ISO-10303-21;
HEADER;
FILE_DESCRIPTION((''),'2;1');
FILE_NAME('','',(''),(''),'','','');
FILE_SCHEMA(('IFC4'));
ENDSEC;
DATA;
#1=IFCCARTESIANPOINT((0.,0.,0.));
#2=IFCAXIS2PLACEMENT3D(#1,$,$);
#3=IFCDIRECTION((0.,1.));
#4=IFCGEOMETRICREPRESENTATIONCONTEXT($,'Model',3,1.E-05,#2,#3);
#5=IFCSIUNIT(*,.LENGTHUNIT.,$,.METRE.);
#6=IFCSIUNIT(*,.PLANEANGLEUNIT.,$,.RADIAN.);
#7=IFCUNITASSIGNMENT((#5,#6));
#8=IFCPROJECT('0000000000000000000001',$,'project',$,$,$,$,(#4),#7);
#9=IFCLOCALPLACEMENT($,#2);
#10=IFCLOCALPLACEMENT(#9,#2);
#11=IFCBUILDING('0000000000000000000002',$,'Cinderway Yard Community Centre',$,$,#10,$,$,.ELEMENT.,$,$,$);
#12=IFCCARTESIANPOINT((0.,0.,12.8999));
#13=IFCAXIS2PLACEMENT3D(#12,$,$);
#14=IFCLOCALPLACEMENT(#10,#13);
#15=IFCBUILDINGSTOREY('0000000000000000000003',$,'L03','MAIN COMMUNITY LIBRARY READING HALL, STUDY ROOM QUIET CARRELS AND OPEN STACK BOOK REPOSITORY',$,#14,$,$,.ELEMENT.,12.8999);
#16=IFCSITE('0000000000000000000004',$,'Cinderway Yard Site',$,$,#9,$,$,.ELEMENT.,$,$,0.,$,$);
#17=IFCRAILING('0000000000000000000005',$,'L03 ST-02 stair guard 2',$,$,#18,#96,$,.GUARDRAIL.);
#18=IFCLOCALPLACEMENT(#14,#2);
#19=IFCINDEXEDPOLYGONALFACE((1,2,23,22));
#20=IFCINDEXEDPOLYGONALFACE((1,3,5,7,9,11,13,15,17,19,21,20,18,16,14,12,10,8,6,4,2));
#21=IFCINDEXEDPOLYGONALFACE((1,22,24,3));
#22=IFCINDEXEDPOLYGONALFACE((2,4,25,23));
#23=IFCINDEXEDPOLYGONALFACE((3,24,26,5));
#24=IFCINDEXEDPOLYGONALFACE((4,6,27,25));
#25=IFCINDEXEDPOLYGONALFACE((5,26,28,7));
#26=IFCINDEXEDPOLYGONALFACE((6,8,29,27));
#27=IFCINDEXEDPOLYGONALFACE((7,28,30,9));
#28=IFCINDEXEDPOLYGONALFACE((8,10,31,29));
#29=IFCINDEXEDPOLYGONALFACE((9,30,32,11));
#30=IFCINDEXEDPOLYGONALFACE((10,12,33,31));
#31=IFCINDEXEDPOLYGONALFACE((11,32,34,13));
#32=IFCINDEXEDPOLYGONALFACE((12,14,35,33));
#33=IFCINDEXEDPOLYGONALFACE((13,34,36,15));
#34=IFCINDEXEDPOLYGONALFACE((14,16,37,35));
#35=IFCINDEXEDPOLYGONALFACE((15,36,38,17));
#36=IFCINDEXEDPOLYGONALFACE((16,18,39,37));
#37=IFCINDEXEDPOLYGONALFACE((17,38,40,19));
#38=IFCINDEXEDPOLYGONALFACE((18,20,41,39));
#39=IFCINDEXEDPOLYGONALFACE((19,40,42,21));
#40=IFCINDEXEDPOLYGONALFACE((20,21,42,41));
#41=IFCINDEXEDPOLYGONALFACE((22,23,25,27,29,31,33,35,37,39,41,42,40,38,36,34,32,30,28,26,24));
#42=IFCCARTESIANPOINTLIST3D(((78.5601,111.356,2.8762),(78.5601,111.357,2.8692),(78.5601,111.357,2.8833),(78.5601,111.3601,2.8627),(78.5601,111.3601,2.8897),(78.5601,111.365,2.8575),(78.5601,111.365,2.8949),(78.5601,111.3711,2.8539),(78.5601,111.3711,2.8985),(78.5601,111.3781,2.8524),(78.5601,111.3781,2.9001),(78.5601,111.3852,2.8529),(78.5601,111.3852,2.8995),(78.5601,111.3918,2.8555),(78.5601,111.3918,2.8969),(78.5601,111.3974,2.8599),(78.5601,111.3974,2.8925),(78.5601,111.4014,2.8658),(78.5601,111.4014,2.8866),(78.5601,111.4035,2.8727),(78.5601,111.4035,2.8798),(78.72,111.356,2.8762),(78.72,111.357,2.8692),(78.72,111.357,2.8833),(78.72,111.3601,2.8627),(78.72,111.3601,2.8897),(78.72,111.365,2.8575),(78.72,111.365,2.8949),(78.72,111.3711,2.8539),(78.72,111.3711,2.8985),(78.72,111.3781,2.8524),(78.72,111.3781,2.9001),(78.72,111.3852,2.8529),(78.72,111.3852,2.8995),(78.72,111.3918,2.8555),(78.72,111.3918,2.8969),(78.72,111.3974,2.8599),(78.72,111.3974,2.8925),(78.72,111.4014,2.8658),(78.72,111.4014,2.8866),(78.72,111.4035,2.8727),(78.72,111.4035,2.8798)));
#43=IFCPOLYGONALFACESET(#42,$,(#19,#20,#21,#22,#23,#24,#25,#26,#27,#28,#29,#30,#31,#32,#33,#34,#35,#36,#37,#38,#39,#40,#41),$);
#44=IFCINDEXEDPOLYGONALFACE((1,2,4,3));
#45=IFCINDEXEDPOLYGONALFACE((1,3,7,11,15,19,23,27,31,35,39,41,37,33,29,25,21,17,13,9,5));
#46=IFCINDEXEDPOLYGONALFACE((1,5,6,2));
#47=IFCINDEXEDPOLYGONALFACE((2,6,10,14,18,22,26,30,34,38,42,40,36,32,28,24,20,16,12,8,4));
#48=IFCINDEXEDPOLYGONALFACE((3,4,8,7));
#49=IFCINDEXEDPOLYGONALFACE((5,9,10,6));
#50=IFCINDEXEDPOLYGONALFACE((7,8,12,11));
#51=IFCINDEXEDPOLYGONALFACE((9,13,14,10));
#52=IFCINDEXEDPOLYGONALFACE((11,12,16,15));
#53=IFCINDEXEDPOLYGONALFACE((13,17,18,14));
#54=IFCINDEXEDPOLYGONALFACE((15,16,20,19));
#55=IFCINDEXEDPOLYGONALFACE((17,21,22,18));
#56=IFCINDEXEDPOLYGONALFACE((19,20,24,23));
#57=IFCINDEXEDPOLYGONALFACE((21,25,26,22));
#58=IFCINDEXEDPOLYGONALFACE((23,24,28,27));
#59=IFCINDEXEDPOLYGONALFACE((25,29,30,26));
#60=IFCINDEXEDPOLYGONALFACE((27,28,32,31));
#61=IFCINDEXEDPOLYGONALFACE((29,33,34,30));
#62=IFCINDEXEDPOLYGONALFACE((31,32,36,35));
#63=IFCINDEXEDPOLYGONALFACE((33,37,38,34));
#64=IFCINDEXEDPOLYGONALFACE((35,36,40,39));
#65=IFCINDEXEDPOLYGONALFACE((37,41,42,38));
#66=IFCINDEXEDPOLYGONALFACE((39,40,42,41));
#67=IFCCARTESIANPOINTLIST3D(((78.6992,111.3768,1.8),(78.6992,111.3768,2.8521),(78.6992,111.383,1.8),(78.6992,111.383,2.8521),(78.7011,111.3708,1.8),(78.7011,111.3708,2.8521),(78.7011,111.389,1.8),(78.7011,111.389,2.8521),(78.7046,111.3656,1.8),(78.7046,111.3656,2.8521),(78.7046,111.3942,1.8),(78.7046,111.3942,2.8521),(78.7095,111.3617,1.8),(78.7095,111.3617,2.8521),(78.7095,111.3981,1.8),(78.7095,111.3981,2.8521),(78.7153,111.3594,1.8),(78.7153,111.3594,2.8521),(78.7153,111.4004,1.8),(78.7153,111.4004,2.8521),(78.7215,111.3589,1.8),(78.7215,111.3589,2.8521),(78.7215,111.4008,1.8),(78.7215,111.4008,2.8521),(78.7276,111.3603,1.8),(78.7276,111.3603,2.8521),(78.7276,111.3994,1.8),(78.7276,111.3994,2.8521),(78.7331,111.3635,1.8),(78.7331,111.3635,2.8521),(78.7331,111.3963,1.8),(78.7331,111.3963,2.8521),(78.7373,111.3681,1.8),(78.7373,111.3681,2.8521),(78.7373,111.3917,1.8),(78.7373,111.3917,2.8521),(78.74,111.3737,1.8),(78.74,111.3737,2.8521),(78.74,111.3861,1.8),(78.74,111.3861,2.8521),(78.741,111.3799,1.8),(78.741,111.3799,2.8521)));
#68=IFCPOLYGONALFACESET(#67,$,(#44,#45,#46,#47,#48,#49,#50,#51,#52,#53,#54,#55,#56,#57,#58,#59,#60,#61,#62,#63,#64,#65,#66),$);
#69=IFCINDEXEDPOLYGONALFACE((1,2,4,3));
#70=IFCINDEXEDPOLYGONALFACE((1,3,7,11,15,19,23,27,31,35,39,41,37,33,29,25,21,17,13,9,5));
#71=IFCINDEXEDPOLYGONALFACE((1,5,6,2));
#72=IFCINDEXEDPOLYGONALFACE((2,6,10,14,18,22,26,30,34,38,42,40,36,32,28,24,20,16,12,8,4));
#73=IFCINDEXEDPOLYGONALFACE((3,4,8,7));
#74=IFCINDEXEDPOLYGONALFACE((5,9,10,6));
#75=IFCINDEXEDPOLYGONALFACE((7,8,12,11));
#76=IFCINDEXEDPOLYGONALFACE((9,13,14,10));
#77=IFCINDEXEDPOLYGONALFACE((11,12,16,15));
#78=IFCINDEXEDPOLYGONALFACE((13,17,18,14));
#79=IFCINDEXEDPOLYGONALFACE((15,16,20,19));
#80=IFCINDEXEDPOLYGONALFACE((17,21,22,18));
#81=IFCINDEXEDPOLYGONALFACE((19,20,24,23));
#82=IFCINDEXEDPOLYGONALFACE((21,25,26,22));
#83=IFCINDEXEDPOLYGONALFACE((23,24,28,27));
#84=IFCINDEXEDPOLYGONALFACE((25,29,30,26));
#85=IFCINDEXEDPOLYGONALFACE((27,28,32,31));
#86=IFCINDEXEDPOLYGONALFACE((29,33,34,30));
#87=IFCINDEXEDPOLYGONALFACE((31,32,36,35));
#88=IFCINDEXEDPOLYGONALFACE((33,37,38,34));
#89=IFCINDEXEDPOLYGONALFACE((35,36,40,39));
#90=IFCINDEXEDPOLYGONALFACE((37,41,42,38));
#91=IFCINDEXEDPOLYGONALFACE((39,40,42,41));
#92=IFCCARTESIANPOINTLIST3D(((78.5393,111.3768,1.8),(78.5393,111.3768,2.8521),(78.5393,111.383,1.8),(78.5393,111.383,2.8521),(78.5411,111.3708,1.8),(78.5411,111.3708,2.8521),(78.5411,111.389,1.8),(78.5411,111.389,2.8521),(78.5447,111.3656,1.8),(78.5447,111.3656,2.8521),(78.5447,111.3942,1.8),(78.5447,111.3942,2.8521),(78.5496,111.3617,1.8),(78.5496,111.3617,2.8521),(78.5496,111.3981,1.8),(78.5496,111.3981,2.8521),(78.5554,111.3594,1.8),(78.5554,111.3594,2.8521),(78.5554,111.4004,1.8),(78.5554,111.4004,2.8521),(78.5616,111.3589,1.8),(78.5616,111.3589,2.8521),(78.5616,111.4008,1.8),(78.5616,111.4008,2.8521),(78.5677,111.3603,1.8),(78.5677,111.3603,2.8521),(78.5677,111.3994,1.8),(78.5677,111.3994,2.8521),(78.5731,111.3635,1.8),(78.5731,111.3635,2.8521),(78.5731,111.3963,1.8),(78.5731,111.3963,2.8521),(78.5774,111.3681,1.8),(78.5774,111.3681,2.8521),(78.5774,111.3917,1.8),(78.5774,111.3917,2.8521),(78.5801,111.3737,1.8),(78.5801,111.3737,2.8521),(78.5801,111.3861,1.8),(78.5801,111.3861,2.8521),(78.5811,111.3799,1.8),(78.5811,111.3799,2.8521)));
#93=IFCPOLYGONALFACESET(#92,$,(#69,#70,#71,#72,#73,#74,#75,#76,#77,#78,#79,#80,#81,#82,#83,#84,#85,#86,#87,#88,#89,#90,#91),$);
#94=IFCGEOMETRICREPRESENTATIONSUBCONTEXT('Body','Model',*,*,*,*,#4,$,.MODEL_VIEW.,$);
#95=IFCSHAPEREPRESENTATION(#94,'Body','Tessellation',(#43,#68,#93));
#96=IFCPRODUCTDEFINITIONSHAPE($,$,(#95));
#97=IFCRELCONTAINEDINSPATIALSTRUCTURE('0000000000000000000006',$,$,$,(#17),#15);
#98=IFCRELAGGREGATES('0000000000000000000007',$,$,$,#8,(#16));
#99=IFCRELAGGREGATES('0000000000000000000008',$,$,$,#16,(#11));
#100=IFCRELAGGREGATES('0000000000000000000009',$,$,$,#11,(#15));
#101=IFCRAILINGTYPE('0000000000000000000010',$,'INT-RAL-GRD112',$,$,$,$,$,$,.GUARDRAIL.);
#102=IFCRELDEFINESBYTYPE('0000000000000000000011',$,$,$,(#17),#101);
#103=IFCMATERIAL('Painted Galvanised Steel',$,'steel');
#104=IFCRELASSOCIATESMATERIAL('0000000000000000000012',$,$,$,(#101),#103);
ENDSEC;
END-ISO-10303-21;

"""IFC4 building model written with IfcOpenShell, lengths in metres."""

from ifc_helpers import new_model, si_unit, direction, frame, origin, origin_2d, place, context, subcontext, project, spatial, circle, extrude, material, type_object, element, save


model = new_model("IFC4")

# Units and contexts
model_context = context("Model", 3, precision=1e-05, world=origin(), true_north=direction((0.0, 1.0)))
body_context = subcontext(model_context, "Body", "Model", "MODEL_VIEW")
ifc_project = project(units=[si_unit("LENGTHUNIT", "METRE"), si_unit("PLANEANGLEUNIT", "RADIAN")], contexts=[model_context])

# Site, building, storey
site_placement = place(None, origin())
site = spatial("IfcSite", under=ifc_project, at=site_placement, Name="Cinderway Yard Site", CompositionType="ELEMENT", RefElevation=0.0)
building_placement = place(site_placement, origin())
building = spatial("IfcBuilding", under=site, at=building_placement, Name="Cinderway Yard Community Centre", CompositionType="ELEMENT")
storey_placement = place(building_placement, frame((0.0, 0.0, 12.8999)))
storey = spatial("IfcBuildingStorey", under=building, at=storey_placement, Name="L03", Description="MAIN COMMUNITY LIBRARY READING HALL, STUDY ROOM QUIET CARRELS AND OPEN STACK BOOK REPOSITORY", CompositionType="ELEMENT", Elevation=12.8999)

# Shared definitions
ifc_material_1 = material(Name="Painted Galvanised Steel", Category="steel")

# Railing
railing_type_1 = type_object("IfcRailingType", Name="INT-RAL-GRD112", PredefinedType="GUARDRAIL", material=ifc_material_1)
railing_1_placement = place(storey_placement, frame((78.72, 111.3799, 1.8)))
element("IfcRailing", 1, at=railing_1_placement, inside=storey, type_object=railing_type_1, Name="L03 ST-02 stair guard 2", PredefinedType="GUARDRAIL", context=body_context, shape_type="SweptSolid", body=[
    extrude(circle(Radius=0.0239, at=origin_2d()), frame((0.0, 0.0, 1.0762), z_axis=(-1.0, 0.0, 0.0), x_axis=(0.0, -1.0, 0.0)), (0.0, 0.0, 1.0), 0.1599),
    extrude(circle(Radius=0.021, at=origin_2d()), origin(), (0.0, 0.0, 1.0), 1.052),
    extrude(circle(Radius=0.021, at=origin_2d()), frame((-0.1599, 0.0, 0.0)), (0.0, 0.0, 1.0), 1.052),
])

save(model, "model.ifc")
